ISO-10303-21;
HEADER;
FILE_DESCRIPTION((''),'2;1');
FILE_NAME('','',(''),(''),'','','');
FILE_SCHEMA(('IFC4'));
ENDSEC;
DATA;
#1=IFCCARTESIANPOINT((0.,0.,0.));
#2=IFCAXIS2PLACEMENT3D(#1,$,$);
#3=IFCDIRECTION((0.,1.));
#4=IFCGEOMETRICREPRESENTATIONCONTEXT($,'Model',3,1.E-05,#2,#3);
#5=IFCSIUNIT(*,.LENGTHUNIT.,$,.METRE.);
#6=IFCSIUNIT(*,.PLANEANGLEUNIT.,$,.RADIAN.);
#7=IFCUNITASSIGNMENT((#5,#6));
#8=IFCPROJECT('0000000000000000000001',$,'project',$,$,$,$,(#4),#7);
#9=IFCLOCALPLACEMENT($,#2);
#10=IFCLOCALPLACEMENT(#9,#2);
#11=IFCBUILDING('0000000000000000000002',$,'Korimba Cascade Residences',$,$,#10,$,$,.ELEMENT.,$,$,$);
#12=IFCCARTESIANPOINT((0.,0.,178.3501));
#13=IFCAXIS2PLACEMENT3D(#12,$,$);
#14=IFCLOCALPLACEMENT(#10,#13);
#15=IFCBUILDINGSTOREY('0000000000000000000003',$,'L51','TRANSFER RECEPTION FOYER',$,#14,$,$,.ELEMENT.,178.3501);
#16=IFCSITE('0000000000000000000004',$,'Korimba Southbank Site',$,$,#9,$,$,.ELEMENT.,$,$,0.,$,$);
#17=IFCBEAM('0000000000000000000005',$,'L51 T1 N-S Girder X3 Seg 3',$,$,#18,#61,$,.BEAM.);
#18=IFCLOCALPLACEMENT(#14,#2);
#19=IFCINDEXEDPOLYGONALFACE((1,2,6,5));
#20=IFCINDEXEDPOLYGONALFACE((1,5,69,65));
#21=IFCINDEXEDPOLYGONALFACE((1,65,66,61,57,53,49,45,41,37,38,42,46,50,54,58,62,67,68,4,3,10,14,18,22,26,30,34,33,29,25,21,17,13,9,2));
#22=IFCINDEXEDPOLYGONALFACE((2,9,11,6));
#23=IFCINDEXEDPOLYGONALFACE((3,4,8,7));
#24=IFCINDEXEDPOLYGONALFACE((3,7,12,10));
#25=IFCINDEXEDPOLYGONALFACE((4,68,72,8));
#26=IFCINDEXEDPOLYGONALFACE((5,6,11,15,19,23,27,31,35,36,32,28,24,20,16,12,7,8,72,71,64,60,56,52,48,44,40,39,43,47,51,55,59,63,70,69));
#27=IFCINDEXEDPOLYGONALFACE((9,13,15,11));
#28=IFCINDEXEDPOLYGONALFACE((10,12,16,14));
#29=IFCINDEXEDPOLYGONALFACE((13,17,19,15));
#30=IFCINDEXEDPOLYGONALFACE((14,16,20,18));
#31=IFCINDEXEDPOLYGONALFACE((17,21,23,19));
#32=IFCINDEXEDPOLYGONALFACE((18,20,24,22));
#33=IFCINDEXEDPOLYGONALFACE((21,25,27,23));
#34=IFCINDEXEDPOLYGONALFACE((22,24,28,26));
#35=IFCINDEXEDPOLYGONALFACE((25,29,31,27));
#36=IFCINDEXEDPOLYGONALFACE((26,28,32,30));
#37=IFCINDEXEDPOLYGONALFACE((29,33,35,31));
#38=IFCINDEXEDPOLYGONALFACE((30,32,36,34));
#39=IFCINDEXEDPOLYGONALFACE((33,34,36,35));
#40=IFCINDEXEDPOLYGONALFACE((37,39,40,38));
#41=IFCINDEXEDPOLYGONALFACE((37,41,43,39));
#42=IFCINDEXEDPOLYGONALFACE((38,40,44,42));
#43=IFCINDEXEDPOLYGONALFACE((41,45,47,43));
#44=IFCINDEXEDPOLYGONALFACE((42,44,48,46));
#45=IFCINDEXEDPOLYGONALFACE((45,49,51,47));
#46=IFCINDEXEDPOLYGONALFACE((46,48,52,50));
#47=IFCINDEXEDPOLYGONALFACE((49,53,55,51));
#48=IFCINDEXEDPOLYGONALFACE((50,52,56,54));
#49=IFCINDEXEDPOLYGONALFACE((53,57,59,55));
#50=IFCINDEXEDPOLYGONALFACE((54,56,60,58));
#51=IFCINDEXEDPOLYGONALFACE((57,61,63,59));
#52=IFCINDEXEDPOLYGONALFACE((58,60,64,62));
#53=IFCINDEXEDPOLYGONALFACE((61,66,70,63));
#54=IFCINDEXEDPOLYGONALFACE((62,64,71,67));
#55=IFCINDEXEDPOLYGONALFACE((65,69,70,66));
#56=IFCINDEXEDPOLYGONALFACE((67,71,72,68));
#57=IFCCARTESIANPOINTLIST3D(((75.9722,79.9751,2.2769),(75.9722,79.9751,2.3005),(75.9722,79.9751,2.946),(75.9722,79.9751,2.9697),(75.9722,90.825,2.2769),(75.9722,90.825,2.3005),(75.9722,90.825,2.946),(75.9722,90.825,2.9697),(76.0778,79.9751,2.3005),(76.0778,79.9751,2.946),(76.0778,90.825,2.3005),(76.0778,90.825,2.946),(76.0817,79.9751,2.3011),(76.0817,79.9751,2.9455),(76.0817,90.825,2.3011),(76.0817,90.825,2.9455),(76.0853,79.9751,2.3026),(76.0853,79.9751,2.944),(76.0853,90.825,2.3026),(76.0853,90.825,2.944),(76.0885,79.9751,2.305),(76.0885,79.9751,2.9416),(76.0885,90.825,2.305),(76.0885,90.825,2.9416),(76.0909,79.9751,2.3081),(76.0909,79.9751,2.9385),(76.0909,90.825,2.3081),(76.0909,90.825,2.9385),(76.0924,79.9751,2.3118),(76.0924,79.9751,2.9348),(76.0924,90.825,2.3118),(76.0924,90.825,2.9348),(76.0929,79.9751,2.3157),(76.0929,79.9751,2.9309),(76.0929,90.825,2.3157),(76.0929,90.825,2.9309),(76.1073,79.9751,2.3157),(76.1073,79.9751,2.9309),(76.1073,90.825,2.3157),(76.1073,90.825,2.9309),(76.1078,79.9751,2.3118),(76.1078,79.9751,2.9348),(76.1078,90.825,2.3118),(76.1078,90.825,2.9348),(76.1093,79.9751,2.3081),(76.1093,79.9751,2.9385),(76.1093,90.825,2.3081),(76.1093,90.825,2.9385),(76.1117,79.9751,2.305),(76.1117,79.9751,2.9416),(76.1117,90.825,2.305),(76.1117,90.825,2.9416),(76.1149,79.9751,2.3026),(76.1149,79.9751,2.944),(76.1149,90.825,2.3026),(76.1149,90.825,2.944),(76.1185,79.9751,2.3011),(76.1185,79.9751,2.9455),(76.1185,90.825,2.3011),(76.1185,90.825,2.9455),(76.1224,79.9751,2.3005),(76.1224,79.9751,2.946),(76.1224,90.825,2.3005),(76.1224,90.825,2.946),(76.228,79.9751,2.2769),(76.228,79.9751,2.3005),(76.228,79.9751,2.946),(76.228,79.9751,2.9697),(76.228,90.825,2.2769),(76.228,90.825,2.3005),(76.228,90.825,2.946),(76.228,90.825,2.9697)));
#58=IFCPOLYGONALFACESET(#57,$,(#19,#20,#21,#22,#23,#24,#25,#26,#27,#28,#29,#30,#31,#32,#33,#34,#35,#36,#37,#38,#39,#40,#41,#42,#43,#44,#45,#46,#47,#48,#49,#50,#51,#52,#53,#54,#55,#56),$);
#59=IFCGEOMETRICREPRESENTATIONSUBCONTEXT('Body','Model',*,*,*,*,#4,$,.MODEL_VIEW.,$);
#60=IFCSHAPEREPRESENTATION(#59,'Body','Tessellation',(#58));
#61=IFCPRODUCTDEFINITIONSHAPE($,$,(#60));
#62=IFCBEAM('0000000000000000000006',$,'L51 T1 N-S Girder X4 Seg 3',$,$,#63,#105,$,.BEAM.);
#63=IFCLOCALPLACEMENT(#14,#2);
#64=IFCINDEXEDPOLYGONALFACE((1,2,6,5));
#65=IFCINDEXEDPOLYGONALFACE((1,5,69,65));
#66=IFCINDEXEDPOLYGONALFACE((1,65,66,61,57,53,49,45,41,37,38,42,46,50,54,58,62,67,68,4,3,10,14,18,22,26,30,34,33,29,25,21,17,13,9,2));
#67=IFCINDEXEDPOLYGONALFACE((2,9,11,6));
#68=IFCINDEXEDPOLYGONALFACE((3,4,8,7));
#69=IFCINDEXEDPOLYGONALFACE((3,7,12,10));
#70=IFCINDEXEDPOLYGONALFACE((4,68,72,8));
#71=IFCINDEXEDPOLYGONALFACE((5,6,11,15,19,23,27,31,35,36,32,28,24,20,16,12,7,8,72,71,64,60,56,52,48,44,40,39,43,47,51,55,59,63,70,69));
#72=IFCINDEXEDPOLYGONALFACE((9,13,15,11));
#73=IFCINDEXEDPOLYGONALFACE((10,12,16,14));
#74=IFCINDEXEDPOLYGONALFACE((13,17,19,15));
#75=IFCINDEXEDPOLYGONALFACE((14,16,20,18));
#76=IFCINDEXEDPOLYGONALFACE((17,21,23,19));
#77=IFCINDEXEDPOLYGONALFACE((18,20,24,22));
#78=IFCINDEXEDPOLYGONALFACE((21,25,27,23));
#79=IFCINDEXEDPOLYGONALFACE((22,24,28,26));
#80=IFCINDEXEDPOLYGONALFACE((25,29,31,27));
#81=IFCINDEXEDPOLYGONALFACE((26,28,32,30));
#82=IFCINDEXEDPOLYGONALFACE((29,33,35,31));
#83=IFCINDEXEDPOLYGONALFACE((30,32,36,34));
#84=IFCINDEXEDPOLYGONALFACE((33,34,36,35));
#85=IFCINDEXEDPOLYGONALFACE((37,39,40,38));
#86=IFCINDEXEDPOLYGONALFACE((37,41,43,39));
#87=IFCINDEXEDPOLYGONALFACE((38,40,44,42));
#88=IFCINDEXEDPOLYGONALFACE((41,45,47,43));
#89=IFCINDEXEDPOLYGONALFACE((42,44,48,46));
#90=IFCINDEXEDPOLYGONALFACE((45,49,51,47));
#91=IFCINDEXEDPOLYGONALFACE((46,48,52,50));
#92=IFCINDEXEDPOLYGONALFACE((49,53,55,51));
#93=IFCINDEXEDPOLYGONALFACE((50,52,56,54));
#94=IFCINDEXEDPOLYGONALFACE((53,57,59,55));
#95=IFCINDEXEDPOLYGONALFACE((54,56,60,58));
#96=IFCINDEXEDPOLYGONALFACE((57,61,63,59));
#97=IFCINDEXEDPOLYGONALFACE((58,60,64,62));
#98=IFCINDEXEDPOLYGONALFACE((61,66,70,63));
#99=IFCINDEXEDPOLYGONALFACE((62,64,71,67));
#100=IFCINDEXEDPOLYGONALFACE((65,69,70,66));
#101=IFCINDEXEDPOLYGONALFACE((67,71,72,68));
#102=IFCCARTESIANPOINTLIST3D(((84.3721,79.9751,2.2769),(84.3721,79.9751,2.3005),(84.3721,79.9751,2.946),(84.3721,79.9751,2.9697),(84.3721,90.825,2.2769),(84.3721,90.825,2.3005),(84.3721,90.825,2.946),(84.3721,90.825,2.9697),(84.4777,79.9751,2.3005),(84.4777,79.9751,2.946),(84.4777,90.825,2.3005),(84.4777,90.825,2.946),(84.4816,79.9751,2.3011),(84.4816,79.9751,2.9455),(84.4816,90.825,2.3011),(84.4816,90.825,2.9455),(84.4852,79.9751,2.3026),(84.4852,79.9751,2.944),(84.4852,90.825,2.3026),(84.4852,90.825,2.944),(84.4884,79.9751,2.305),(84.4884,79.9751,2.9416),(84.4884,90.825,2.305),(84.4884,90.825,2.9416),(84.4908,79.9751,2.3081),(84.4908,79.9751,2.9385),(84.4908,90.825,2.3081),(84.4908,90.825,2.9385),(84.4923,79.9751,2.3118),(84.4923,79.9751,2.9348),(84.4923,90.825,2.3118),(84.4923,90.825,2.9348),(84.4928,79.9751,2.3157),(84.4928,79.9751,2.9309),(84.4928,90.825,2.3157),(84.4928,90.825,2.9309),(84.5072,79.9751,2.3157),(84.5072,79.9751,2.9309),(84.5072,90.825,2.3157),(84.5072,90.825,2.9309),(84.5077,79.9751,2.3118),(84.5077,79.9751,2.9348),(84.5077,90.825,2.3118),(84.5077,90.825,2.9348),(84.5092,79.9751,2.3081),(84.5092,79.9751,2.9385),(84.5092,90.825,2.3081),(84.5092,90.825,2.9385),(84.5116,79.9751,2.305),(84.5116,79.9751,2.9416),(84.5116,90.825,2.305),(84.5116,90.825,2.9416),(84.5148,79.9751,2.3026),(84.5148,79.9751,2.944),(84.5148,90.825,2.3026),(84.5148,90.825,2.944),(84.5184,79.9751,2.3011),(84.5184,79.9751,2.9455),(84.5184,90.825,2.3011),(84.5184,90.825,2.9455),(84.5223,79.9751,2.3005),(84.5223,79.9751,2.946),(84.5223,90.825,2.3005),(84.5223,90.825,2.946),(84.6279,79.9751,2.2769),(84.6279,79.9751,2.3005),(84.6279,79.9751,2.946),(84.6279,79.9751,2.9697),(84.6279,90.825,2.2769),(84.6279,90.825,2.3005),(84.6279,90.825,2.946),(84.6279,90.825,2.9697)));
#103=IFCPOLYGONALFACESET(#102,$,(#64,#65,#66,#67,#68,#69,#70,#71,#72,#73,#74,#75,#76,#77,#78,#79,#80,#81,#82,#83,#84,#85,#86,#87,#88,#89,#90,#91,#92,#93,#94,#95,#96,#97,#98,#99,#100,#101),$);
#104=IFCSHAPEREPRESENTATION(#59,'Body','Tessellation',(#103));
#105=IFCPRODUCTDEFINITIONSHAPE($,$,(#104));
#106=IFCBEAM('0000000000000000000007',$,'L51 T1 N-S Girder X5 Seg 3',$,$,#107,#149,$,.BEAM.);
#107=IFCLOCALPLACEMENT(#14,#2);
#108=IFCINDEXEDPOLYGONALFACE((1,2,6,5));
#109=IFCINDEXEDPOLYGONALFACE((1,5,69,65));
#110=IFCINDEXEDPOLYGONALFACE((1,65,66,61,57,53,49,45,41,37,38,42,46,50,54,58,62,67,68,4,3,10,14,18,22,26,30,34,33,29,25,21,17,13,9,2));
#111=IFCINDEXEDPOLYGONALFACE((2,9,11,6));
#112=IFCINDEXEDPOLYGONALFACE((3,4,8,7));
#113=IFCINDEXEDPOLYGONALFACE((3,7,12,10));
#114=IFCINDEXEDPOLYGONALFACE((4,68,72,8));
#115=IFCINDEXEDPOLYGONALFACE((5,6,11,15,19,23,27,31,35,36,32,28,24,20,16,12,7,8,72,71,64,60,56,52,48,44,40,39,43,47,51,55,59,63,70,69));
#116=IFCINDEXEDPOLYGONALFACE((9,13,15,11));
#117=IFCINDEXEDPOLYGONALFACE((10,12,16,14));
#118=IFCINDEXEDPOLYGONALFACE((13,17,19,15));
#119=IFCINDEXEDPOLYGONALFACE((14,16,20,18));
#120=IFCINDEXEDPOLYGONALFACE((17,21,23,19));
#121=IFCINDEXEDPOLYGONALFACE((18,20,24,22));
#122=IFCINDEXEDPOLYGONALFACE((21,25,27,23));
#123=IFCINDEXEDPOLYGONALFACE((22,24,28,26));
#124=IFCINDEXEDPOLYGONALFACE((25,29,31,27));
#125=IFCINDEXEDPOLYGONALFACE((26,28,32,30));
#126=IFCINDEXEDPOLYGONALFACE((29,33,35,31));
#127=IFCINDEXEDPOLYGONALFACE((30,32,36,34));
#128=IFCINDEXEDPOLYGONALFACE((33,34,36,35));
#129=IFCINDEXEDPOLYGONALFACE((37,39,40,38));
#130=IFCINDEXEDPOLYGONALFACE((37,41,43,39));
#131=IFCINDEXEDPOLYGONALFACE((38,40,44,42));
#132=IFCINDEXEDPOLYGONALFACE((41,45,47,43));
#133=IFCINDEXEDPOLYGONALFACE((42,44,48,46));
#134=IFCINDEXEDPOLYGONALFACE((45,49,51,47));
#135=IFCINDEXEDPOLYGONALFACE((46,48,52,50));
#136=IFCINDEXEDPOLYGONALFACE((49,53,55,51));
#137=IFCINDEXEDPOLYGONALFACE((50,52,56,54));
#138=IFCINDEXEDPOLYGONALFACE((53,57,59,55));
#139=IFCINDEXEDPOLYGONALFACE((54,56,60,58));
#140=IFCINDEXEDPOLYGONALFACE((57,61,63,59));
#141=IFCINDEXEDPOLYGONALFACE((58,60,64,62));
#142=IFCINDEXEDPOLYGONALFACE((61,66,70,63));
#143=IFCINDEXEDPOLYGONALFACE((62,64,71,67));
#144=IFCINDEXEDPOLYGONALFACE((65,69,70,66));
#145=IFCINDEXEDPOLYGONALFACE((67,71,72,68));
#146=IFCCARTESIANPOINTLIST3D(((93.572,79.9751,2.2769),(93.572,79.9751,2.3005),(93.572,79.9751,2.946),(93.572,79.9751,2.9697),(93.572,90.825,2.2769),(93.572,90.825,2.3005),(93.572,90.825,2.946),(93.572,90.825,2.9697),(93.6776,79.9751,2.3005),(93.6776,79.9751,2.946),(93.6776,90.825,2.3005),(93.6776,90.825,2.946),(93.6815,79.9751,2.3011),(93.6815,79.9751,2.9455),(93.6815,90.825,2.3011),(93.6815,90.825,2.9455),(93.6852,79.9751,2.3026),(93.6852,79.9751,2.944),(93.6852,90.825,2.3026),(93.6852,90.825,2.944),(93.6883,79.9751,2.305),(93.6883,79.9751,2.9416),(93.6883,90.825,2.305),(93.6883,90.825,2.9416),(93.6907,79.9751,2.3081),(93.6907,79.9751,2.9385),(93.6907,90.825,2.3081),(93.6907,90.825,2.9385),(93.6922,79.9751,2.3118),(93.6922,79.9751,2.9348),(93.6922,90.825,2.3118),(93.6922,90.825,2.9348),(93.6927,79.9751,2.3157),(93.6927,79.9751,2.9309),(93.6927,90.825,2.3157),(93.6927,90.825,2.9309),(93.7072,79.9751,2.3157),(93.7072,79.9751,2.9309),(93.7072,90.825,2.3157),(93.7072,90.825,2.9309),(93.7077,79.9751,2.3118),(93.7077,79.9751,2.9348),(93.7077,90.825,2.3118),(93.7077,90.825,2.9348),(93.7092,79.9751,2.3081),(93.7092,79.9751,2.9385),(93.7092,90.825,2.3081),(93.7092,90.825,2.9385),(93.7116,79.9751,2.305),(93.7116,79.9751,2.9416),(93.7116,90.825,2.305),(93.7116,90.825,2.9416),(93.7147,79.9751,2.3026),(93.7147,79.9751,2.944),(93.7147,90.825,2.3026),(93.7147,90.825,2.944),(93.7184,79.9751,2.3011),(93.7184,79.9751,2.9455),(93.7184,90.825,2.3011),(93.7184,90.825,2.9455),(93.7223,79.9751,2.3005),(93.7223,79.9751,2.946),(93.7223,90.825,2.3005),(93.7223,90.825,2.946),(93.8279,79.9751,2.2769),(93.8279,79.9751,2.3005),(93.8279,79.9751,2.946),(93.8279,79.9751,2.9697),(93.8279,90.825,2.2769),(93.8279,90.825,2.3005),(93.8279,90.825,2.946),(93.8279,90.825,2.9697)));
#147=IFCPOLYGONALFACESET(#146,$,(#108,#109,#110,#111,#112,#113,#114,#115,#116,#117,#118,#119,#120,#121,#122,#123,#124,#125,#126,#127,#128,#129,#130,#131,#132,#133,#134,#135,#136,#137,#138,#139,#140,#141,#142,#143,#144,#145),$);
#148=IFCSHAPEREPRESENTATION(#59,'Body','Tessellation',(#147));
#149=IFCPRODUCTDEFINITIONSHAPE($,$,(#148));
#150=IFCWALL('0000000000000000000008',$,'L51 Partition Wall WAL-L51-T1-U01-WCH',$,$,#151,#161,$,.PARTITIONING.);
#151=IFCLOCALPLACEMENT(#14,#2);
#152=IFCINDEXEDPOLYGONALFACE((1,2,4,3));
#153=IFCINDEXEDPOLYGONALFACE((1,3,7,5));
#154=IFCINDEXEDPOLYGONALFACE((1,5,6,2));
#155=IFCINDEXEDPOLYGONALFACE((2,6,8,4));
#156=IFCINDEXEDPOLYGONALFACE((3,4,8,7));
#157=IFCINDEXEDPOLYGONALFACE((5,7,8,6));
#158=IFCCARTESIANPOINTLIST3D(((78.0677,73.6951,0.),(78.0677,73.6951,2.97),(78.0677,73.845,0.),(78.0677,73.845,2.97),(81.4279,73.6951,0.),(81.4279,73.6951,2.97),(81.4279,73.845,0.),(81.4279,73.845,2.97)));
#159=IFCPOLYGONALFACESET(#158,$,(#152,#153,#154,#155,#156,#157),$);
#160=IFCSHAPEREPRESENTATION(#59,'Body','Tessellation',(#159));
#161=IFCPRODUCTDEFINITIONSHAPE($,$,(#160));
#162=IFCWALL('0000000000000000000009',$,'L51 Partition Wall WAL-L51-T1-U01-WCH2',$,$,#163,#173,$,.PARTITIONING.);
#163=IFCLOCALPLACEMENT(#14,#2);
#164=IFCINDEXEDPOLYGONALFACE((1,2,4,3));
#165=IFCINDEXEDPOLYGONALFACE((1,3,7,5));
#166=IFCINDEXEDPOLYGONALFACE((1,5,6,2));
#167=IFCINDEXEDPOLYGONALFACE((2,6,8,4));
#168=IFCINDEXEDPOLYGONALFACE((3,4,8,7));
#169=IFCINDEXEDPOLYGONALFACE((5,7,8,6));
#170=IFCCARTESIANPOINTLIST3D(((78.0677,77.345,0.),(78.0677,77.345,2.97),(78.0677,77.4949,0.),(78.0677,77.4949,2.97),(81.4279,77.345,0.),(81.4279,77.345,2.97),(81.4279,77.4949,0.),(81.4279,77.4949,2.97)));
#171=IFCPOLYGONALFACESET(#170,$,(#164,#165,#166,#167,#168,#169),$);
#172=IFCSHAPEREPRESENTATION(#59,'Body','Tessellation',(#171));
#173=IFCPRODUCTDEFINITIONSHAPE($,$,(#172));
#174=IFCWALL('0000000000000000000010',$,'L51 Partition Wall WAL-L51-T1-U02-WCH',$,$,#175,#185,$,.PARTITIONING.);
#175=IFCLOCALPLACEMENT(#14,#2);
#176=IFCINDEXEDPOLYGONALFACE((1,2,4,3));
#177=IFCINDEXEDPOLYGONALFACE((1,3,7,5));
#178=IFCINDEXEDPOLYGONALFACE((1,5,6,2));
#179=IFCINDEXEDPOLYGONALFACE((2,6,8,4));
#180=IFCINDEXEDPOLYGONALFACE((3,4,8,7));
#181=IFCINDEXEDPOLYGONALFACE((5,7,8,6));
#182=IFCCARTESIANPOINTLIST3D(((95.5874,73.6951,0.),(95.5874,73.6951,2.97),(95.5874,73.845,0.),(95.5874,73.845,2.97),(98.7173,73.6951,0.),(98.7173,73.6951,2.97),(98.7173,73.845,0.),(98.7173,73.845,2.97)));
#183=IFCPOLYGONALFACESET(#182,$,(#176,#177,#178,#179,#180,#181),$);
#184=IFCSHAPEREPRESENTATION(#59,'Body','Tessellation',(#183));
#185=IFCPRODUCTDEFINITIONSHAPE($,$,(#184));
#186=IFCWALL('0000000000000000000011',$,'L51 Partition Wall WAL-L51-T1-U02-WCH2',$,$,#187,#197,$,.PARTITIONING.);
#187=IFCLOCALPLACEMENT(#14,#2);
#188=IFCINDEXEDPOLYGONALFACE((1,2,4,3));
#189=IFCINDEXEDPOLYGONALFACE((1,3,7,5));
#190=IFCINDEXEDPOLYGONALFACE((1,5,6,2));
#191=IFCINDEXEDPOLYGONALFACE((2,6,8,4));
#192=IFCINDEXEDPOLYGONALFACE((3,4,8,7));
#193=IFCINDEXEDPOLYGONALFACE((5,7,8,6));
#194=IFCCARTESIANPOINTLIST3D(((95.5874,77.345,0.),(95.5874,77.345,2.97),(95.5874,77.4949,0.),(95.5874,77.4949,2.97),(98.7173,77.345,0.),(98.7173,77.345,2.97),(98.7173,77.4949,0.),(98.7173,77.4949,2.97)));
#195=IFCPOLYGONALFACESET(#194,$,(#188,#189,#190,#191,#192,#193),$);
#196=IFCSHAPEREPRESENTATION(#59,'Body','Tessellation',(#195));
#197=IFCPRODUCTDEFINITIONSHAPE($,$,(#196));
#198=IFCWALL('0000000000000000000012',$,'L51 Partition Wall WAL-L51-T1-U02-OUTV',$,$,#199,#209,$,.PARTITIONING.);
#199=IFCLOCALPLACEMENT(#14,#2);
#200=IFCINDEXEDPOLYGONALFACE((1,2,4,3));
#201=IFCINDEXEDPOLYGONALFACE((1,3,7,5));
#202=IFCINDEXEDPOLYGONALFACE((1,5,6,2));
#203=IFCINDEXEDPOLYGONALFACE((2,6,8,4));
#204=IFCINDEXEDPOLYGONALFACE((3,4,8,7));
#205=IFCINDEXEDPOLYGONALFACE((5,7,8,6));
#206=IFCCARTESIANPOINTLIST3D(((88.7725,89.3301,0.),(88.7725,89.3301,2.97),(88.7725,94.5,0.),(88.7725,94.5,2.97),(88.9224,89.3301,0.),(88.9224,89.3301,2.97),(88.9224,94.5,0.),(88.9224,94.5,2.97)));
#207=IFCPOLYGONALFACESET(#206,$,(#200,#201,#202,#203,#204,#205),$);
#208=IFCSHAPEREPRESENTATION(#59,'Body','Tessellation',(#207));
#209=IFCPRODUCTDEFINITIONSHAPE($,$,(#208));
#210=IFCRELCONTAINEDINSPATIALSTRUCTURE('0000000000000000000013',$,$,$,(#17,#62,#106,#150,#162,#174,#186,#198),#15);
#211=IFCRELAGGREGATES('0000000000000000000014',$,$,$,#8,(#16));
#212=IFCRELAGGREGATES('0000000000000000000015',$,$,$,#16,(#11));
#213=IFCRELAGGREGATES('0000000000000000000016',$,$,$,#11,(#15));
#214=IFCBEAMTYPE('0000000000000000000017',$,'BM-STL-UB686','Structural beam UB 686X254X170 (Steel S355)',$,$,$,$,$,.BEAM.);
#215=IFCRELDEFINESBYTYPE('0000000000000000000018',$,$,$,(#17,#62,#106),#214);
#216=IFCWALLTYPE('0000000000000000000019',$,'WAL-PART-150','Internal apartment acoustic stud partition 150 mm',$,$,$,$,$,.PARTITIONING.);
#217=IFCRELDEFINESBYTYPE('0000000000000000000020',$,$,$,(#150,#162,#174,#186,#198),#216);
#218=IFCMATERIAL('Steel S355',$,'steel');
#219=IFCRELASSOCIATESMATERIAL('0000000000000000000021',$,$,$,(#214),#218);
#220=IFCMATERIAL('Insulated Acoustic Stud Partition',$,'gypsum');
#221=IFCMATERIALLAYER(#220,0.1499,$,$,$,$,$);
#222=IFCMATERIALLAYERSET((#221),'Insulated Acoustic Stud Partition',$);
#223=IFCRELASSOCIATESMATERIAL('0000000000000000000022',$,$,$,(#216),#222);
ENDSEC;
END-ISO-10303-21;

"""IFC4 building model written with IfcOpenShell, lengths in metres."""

from ifc_helpers import new_model, si_unit, direction, frame, frame_2d, origin, origin_2d, place, context, subcontext, project, spatial, rectangle, i_section, extrude, material, layer, layer_set, material_profile, profile_set, type_object, element, save


model = new_model("IFC4")

# Units and contexts
model_context = context("Model", 3, precision=1e-05, world=origin(), true_north=direction((0.0, 1.0)))
body_context = subcontext(model_context, "Body", "Model", "MODEL_VIEW")
ifc_project = project(units=[si_unit("LENGTHUNIT", "METRE"), si_unit("PLANEANGLEUNIT", "RADIAN")], contexts=[model_context])

# Site, building, storey
site_placement = place(None, origin())
site = spatial("IfcSite", under=ifc_project, at=site_placement, Name="Korimba Southbank Site", CompositionType="ELEMENT", RefElevation=0.0)
building_placement = place(site_placement, origin())
building = spatial("IfcBuilding", under=site, at=building_placement, Name="Korimba Cascade Residences", CompositionType="ELEMENT")
storey_placement = place(building_placement, frame((0.0, 0.0, 178.3501)))
storey = spatial("IfcBuildingStorey", under=building, at=storey_placement, Name="L51", Description="TRANSFER RECEPTION FOYER", CompositionType="ELEMENT", Elevation=178.3501)

# Beams
ifc_material_1 = material(Name="Steel S355", Category="steel")
ifc_material_profile_1 = material_profile(ifc_material_1, i_section(OverallWidth=0.2559, OverallDepth=0.6929, WebThickness=0.0144, FlangeThickness=0.0237, FilletRadius=0.0151, at=origin_2d()), Name="Steel S355")
ifc_profile_set_1 = profile_set([ifc_material_profile_1], Name="Steel S355")
beam_type_1 = type_object("IfcBeamType", Name="BM-STL-UB686", Description="Structural beam UB 686X254X170 (Steel S355)", PredefinedType="BEAM", material=ifc_profile_set_1)
for number, where, z_axis, x_axis, name in (
    (1, (76.1001, 79.9751, 2.6233), (0.0, 1.0, 0.0), (-1.0, 0.0, 0.0), "L51 T1 N-S Girder X3 Seg 3"),
    (2, (84.5, 79.9751, 2.6233), (0.0, 1.0, 0.0), (-1.0, 0.0, 0.0), "L51 T1 N-S Girder X4 Seg 3"),
    (3, (93.7, 79.9751, 2.6233), (0.0, 1.0, 0.0), (-1.0, 0.0, 0.0), "L51 T1 N-S Girder X5 Seg 3"),
):
    element("IfcBeam", number, at=place(storey_placement, frame(where, z_axis=z_axis, x_axis=x_axis)), inside=storey, type_object=beam_type_1, Name=name, PredefinedType="BEAM", context=body_context, shape_type="SweptSolid", body=[
        extrude(i_section(OverallWidth=0.2559, OverallDepth=0.6929, WebThickness=0.0144, FlangeThickness=0.0237, FilletRadius=0.0151, at=origin_2d()), origin(), (0.0, 0.0, 1.0), 10.8499),
    ])

# Walls
ifc_material_2 = material(Name="Insulated Acoustic Stud Partition", Category="gypsum")
ifc_layer = layer(ifc_material_2, 0.1499)
ifc_layer_set = layer_set([ifc_layer], Name="Insulated Acoustic Stud Partition")
wall_type = type_object("IfcWallType", Name="WAL-PART-150", Description="Internal apartment acoustic stud partition 150 mm", PredefinedType="PARTITIONING", material=ifc_layer_set)
for number, where, z_axis, x_axis, name in (
    (4, (78.0676, 73.77, 0.0), (0.0, 0.0, 1.0), (1.0, 0.0, 0.0), "L51 Partition Wall WAL-L51-T1-U01-WCH"),
    (5, (78.0676, 77.4199, 0.0), (0.0, 0.0, 1.0), (1.0, 0.0, 0.0), "L51 Partition Wall WAL-L51-T1-U01-WCH2"),
):
    element("IfcWall", number, at=place(storey_placement, frame(where, z_axis=z_axis, x_axis=x_axis)), inside=storey, type_object=wall_type, Name=name, PredefinedType="PARTITIONING", context=body_context, shape_type="SweptSolid", body=[
        extrude(rectangle(XDim=3.3601, YDim=0.1499, at=frame_2d((1.6802, 0.0))), origin(), (0.0, 0.0, 1.0), 2.97),
    ])
for number, where, z_axis, x_axis, name in (
    (6, (95.5874, 73.77, 0.0), (0.0, 0.0, 1.0), (1.0, 0.0, 0.0), "L51 Partition Wall WAL-L51-T1-U02-WCH"),
    (7, (95.5874, 77.4199, 0.0), (0.0, 0.0, 1.0), (1.0, 0.0, 0.0), "L51 Partition Wall WAL-L51-T1-U02-WCH2"),
):
    element("IfcWall", number, at=place(storey_placement, frame(where, z_axis=z_axis, x_axis=x_axis)), inside=storey, type_object=wall_type, Name=name, PredefinedType="PARTITIONING", context=body_context, shape_type="SweptSolid", body=[
        extrude(rectangle(XDim=3.1299, YDim=0.1499, at=frame_2d((1.5649, 0.0))), origin(), (0.0, 0.0, 1.0), 2.97),
    ])
wall_1_placement = place(storey_placement, frame((88.8474, 89.3301, 0.0), z_axis=(0.0, 0.0, 1.0), x_axis=(0.0, 1.0, 0.0)))
element("IfcWall", 8, at=wall_1_placement, inside=storey, type_object=wall_type, Name="L51 Partition Wall WAL-L51-T1-U02-OUTV", PredefinedType="PARTITIONING", context=body_context, shape_type="SweptSolid", body=[
    extrude(rectangle(XDim=5.1699, YDim=0.1499, at=frame_2d((2.585, 0.0))), origin(), (0.0, 0.0, 1.0), 2.97),
])

save(model, "model.ifc")
